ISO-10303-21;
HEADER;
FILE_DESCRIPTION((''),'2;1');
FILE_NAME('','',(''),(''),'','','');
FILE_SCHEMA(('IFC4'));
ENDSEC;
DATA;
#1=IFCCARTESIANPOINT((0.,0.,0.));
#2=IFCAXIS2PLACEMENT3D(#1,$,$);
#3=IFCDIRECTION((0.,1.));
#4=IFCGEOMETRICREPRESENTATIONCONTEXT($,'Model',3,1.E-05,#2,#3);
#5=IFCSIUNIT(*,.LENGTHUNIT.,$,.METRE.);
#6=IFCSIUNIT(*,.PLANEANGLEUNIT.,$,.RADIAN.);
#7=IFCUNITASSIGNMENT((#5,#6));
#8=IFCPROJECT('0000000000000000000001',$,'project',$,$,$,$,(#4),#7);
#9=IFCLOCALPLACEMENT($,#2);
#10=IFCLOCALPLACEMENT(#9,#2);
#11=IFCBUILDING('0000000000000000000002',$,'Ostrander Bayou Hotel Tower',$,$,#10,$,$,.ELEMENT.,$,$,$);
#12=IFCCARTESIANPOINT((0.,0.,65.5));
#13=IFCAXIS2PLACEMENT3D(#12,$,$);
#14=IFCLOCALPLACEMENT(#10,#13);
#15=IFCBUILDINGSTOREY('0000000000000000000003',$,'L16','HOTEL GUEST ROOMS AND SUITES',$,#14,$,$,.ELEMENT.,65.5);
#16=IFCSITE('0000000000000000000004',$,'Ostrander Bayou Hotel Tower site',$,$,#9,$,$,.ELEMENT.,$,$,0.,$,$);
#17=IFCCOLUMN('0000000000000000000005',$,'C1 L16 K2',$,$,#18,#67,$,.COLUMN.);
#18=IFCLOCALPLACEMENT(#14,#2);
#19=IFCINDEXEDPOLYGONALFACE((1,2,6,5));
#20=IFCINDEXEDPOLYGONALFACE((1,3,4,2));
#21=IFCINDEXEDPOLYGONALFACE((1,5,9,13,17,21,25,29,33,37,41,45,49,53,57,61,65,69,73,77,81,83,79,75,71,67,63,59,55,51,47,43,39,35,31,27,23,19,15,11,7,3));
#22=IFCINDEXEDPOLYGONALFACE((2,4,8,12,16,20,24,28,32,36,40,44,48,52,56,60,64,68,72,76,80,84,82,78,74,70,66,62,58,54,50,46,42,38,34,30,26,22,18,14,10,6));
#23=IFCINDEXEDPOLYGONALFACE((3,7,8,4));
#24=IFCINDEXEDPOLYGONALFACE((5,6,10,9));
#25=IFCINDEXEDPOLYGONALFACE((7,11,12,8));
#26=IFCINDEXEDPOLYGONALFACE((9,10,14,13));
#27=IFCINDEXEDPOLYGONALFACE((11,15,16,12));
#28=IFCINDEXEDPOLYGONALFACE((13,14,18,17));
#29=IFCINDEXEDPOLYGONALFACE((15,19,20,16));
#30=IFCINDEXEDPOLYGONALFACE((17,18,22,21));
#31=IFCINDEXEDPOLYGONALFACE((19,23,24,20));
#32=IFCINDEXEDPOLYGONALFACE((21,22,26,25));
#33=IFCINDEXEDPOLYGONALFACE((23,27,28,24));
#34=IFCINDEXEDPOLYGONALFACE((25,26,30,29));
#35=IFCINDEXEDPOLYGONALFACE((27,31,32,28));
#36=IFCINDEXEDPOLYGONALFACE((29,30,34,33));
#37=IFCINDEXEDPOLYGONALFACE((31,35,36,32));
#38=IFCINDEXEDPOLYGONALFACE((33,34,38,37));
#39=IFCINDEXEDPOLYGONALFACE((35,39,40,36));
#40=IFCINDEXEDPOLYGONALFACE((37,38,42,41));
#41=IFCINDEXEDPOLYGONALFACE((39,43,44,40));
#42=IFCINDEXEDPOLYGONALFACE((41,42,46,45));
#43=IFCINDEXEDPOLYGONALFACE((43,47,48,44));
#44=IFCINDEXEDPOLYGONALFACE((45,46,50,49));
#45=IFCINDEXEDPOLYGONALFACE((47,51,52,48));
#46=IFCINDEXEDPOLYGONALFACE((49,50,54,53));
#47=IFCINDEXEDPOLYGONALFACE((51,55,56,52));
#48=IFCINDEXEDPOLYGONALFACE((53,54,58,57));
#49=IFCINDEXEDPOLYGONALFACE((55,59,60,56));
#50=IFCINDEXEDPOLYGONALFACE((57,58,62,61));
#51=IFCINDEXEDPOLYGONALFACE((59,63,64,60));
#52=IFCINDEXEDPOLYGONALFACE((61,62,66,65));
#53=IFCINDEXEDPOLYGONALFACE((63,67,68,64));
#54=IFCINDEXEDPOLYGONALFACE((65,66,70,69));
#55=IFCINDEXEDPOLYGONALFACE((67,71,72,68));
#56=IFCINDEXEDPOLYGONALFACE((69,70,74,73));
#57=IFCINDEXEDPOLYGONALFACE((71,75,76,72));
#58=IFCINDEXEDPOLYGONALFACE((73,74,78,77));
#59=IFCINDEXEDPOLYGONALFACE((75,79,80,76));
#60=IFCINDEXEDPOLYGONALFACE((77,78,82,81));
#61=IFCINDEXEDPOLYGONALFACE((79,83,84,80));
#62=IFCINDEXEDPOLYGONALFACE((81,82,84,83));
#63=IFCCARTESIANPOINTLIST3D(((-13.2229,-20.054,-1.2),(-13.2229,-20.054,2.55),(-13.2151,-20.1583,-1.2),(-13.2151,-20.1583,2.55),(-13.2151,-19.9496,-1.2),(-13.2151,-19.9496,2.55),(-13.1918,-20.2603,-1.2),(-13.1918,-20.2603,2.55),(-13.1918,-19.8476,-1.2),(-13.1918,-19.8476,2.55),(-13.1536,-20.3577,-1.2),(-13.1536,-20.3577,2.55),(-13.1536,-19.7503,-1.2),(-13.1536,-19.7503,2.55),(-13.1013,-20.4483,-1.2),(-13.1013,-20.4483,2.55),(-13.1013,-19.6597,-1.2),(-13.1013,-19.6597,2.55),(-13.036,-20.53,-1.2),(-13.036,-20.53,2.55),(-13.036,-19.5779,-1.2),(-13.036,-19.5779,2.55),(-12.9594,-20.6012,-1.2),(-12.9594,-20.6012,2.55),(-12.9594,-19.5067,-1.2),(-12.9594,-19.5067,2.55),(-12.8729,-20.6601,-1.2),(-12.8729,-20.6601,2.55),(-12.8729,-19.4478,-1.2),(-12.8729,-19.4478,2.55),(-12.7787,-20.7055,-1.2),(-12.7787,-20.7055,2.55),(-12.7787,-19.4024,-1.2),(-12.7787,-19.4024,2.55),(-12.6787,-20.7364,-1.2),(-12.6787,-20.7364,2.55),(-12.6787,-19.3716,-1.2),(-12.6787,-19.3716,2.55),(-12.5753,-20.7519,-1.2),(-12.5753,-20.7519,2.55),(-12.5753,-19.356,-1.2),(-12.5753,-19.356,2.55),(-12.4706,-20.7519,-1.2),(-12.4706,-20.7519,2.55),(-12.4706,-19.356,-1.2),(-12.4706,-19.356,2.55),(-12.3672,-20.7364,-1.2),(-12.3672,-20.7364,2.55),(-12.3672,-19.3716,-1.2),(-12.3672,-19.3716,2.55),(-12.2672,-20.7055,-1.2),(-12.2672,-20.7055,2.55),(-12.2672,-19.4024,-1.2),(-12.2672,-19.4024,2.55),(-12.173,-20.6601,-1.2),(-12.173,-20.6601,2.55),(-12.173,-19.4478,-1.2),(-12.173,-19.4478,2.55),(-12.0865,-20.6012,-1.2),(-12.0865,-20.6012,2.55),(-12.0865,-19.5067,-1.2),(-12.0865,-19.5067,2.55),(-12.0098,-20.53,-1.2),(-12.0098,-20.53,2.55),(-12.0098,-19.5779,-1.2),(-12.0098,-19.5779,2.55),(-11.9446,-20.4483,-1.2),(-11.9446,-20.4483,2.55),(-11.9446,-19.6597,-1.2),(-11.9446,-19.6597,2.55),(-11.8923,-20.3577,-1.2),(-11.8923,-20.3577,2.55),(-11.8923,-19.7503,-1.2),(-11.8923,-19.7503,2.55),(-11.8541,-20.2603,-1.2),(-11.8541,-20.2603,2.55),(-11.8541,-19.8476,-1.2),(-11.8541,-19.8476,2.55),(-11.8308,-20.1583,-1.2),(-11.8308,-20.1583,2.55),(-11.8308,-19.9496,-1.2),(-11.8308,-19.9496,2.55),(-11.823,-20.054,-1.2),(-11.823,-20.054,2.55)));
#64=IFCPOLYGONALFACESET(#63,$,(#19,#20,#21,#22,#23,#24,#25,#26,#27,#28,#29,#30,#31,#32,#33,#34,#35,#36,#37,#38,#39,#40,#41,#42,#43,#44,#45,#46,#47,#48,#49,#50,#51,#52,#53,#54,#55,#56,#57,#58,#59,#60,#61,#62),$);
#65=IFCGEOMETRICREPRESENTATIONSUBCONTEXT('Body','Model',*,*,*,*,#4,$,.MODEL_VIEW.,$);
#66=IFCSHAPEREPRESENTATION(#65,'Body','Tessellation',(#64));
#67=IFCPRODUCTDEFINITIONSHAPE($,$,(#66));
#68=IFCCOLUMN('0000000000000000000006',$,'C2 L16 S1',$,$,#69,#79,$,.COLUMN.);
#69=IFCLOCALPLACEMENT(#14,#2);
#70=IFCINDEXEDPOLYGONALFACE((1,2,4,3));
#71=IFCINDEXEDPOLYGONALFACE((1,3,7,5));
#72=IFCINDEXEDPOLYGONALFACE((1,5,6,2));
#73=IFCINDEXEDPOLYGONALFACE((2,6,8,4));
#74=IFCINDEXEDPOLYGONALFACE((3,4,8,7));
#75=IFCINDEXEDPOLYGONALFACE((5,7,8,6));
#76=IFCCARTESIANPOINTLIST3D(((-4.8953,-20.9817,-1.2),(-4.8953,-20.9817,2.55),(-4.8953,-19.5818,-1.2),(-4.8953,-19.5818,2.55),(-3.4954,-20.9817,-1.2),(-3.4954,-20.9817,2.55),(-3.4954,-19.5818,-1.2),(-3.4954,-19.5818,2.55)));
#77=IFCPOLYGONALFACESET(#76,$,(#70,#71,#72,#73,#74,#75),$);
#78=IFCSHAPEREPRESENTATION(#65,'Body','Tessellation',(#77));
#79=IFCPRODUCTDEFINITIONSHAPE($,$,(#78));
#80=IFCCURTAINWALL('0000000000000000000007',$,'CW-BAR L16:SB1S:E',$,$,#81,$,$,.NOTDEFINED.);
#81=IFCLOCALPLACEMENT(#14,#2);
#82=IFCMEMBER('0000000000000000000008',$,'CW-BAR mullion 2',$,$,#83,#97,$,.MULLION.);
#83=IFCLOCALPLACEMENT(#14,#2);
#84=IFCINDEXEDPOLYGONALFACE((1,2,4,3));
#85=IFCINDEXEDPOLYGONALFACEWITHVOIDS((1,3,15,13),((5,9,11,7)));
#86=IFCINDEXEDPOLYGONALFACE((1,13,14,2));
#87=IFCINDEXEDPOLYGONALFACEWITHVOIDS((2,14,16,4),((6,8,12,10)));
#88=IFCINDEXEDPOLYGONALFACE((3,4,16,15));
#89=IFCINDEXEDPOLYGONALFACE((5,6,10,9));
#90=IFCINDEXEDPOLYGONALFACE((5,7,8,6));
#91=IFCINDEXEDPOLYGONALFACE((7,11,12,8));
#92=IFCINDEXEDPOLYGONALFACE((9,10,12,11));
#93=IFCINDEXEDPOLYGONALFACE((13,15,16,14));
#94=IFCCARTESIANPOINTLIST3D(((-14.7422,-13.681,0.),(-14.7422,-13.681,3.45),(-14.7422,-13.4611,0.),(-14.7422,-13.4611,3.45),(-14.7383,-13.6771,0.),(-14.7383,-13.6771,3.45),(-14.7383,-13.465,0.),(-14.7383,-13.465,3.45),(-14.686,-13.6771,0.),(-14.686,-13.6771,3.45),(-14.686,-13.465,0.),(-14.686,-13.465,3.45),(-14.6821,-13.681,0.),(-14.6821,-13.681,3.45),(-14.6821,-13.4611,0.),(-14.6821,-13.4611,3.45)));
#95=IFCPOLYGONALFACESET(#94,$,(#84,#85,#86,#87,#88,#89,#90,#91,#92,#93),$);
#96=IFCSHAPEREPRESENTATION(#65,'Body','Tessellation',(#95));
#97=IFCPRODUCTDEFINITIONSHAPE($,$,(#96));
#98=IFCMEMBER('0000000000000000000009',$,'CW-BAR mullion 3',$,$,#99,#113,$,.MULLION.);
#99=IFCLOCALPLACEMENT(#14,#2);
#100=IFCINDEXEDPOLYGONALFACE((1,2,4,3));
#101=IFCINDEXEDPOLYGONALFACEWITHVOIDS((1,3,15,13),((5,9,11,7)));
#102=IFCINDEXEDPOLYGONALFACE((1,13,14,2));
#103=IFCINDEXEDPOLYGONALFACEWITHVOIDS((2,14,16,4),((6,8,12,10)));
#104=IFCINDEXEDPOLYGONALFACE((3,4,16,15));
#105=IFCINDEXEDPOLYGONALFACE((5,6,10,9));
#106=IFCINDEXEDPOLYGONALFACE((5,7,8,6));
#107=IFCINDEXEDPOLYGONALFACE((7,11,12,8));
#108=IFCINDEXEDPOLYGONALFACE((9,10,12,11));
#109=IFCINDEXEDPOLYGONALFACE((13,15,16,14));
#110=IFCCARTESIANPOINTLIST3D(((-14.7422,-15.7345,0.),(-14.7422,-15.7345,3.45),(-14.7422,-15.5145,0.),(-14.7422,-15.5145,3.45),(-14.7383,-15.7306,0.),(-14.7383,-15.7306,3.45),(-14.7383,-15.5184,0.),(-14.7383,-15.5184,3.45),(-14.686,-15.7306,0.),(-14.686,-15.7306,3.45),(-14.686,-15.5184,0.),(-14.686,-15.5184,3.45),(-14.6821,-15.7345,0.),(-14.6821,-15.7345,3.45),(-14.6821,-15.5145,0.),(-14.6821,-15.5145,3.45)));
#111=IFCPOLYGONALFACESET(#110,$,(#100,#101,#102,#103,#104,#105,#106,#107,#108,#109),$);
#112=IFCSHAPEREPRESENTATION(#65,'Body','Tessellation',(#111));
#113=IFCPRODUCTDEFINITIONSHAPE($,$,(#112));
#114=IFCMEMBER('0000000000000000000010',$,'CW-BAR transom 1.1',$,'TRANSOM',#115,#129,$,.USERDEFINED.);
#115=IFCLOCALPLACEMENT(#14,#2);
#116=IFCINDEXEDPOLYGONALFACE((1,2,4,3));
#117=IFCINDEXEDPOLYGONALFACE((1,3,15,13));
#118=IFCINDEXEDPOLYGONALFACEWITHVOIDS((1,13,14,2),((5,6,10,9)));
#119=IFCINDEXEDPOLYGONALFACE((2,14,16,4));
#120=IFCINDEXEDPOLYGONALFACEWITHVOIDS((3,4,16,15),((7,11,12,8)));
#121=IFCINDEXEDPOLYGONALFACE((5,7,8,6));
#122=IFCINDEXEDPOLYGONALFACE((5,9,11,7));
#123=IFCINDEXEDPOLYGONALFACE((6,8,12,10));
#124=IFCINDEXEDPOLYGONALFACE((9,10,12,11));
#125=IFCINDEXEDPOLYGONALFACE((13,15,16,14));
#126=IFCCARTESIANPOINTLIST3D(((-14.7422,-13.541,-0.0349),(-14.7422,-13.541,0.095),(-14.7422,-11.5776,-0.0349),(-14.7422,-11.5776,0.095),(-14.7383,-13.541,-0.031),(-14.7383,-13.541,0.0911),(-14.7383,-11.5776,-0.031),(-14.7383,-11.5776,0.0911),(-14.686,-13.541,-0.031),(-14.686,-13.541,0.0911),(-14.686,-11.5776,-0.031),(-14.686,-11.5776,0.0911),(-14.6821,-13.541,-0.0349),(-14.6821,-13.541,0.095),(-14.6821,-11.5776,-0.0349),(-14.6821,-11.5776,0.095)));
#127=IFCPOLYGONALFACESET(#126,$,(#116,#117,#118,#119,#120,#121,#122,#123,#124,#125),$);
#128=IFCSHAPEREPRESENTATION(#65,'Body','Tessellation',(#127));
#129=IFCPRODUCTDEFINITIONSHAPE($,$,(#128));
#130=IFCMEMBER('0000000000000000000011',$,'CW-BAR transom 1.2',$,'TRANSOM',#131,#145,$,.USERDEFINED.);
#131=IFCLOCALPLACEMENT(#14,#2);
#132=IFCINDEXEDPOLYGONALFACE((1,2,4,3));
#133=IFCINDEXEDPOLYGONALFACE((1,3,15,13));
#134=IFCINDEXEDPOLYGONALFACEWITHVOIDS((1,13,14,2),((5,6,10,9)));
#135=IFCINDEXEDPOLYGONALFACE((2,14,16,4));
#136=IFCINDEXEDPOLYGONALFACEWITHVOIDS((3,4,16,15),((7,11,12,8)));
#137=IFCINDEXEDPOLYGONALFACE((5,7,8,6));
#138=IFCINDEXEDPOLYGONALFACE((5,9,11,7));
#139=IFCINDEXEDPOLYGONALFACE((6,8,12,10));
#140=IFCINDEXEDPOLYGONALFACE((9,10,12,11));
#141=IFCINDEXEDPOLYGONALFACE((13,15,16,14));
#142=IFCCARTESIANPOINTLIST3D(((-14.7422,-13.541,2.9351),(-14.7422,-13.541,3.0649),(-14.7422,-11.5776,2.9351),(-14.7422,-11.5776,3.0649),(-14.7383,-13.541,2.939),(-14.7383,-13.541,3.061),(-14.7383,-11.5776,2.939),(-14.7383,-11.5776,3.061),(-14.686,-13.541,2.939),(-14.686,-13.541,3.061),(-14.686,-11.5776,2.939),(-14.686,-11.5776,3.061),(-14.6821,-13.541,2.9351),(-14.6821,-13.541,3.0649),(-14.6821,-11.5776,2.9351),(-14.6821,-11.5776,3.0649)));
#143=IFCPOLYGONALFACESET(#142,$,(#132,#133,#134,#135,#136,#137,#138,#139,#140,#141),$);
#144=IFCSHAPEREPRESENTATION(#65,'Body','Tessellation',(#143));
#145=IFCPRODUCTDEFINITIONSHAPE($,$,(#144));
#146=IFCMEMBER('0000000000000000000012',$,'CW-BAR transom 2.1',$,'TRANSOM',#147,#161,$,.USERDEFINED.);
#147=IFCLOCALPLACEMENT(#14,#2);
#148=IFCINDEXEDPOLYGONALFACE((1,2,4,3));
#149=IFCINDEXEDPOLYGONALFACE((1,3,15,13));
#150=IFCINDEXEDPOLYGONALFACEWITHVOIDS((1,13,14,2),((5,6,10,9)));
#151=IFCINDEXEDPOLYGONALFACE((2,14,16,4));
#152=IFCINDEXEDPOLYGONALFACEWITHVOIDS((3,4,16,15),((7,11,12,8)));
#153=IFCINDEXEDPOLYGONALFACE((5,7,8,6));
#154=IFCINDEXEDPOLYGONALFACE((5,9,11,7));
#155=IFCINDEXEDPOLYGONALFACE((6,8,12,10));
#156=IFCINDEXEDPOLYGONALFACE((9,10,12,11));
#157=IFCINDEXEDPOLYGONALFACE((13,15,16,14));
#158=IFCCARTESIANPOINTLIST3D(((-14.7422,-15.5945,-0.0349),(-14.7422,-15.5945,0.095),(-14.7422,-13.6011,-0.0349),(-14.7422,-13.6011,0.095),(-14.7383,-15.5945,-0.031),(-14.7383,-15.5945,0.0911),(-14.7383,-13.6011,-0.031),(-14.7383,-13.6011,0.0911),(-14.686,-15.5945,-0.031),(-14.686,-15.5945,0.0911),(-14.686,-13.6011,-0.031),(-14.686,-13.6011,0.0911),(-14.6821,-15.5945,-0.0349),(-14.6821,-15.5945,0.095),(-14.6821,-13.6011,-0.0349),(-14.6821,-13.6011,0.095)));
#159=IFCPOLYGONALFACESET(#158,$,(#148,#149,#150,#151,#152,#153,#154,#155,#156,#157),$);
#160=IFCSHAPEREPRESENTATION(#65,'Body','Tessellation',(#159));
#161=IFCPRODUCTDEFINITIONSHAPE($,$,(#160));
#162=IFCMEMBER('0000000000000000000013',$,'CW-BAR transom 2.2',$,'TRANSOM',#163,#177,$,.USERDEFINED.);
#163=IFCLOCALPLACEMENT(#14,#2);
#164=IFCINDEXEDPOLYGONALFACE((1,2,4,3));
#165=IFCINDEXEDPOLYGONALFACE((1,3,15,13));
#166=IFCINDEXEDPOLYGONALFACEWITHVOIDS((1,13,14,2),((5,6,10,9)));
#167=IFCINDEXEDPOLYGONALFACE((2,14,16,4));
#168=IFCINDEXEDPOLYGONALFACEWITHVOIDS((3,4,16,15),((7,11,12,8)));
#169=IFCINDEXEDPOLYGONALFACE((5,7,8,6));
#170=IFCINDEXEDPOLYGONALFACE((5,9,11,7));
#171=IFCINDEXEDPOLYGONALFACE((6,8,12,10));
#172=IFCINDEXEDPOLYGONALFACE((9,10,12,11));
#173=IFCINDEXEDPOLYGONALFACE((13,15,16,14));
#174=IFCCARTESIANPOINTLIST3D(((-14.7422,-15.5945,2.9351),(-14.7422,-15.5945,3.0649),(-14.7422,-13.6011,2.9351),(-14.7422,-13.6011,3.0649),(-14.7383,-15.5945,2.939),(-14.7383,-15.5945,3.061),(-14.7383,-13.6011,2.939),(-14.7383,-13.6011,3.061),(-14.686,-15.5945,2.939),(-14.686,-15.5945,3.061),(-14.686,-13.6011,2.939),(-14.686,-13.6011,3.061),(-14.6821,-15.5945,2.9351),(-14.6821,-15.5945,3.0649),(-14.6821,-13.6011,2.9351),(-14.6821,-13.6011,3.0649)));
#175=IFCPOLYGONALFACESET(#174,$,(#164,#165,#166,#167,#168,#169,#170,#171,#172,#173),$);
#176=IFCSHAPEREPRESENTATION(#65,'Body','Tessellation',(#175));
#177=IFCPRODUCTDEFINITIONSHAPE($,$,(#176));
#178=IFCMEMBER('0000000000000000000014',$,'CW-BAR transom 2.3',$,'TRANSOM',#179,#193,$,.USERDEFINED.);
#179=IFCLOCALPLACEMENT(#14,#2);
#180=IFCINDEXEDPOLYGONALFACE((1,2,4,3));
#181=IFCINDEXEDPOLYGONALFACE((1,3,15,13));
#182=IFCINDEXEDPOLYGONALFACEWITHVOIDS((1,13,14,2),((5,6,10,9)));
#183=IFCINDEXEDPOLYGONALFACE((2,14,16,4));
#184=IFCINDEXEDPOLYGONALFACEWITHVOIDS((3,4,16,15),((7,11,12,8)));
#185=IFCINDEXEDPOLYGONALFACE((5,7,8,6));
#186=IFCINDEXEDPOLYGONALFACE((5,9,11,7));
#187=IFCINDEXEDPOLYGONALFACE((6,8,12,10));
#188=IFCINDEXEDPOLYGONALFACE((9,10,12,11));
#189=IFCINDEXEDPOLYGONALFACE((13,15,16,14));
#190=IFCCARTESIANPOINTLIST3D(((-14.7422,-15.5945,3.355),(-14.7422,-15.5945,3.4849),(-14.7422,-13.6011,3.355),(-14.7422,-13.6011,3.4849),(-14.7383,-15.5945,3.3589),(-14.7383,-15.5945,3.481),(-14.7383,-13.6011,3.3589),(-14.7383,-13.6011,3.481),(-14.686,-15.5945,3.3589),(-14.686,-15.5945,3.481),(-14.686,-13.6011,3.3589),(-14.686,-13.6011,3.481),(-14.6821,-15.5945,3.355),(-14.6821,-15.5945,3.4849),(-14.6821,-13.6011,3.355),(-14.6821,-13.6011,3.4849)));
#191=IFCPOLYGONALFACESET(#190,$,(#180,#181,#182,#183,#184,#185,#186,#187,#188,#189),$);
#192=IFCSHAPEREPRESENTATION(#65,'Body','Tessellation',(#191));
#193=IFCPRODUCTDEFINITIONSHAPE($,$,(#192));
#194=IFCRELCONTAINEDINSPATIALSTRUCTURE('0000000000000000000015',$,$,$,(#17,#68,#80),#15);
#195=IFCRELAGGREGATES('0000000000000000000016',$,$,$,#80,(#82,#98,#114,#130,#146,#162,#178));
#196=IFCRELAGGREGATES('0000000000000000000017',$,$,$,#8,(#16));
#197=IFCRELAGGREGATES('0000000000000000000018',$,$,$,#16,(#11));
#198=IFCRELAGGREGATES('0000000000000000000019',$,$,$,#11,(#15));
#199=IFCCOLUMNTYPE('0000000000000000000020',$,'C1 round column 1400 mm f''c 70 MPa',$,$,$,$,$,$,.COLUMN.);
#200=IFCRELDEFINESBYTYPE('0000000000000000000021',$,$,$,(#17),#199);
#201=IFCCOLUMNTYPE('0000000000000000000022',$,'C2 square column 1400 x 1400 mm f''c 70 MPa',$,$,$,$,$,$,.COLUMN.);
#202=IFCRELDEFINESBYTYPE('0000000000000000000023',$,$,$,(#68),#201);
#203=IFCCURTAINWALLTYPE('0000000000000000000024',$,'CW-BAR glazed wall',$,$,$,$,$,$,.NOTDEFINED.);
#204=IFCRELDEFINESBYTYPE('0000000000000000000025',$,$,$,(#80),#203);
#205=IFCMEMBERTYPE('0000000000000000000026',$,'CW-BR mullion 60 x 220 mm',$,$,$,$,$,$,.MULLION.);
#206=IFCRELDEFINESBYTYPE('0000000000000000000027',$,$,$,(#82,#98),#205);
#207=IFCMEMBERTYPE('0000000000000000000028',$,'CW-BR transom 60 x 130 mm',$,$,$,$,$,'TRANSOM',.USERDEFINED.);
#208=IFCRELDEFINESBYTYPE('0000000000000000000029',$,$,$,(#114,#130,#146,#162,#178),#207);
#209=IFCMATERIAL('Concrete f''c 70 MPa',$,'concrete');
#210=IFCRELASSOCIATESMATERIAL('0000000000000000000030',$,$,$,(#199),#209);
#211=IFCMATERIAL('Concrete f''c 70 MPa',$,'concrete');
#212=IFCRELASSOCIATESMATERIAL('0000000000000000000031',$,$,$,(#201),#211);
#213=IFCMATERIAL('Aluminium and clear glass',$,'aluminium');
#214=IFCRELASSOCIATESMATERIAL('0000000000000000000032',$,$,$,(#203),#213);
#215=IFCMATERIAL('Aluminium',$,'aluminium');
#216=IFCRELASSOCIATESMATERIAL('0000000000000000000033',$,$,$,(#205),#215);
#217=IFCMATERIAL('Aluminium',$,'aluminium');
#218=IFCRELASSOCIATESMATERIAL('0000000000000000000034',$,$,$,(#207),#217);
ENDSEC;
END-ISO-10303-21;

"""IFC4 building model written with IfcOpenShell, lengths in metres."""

from ifc_helpers import new_model, si_unit, direction, frame, origin, origin_2d, place, context, subcontext, project, spatial, rectangle, hollow_rectangle, circle, extrude, material, material_profile, profile_set, type_object, element, aggregate, save


model = new_model("IFC4")

# Units and contexts
model_context = context("Model", 3, precision=1e-05, world=origin(), true_north=direction((0.0, 1.0)))
body_context = subcontext(model_context, "Body", "Model", "MODEL_VIEW")
ifc_project = project(units=[si_unit("LENGTHUNIT", "METRE"), si_unit("PLANEANGLEUNIT", "RADIAN")], contexts=[model_context])

# Site, building, storey
site_placement = place(None, origin())
site = spatial("IfcSite", under=ifc_project, at=site_placement, Name="Ostrander Bayou Hotel Tower site", CompositionType="ELEMENT", RefElevation=0.0)
building_placement = place(site_placement, origin())
building = spatial("IfcBuilding", under=site, at=building_placement, Name="Ostrander Bayou Hotel Tower", CompositionType="ELEMENT")
storey_placement = place(building_placement, frame((0.0, 0.0, 65.5)))
storey = spatial("IfcBuildingStorey", under=building, at=storey_placement, Name="L16", Description="HOTEL GUEST ROOMS AND SUITES", CompositionType="ELEMENT", Elevation=65.5)

# Columns
ifc_material_1 = material(Name="Concrete f'c 70 MPa", Category="concrete")
ifc_material_profile_1 = material_profile(ifc_material_1, circle(Radius=0.7, at=origin_2d()))
ifc_profile_set_1 = profile_set([ifc_material_profile_1], Name="Concrete f'c 70 MPa")
column_type_1 = type_object("IfcColumnType", Name="C1 round column 1400 mm f'c 70 MPa", PredefinedType="COLUMN", material=ifc_profile_set_1)
column_1_placement = place(storey_placement, frame((-12.5229, -20.054, -1.2), z_axis=(0.0, 0.0, 1.0), x_axis=(1.0, 0.0, 0.0)))
element("IfcColumn", 1, at=column_1_placement, inside=storey, type_object=column_type_1, Name="C1 L16 K2", PredefinedType="COLUMN", context=body_context, shape_type="SweptSolid", body=[
    extrude(circle(Radius=0.7, at=origin_2d()), origin(), (0.0, 0.0, 1.0), 3.75),
])
ifc_material_2 = material(Name="Concrete f'c 70 MPa", Category="concrete")
ifc_material_profile_2 = material_profile(ifc_material_2, rectangle(XDim=1.3999, YDim=1.3999, at=origin_2d()))
ifc_profile_set_2 = profile_set([ifc_material_profile_2], Name="Concrete f'c 70 MPa")
column_type_2 = type_object("IfcColumnType", Name="C2 square column 1400 x 1400 mm f'c 70 MPa", PredefinedType="COLUMN", material=ifc_profile_set_2)
column_2_placement = place(storey_placement, frame((-4.1953, -20.2817, -1.2), z_axis=(0.0, 0.0, 1.0), x_axis=(-1.0, 0.0, 0.0)))
element("IfcColumn", 2, at=column_2_placement, inside=storey, type_object=column_type_2, Name="C2 L16 S1", PredefinedType="COLUMN", context=body_context, shape_type="SweptSolid", body=[
    extrude(rectangle(XDim=1.3999, YDim=1.3999, at=origin_2d()), origin(), (0.0, 0.0, 1.0), 3.75),
])

# Curtain wall, members
ifc_material_3 = material(Name="Aluminium and clear glass", Category="aluminium")
curtain_wall_type = type_object("IfcCurtainWallType", Name="CW-BAR glazed wall", PredefinedType="NOTDEFINED", material=ifc_material_3)
curtain_wall_placement = place(storey_placement, origin())
curtain_wall = element("IfcCurtainWall", 3, at=curtain_wall_placement, inside=storey, type_object=curtain_wall_type, Name="CW-BAR L16:SB1S:E", PredefinedType="NOTDEFINED")
ifc_material_4 = material(Name="Aluminium", Category="aluminium")
ifc_material_profile_3 = material_profile(ifc_material_4, hollow_rectangle(XDim=0.0601, YDim=0.22, WallThickness=0.0039, at=origin_2d()))
ifc_profile_set_3 = profile_set([ifc_material_profile_3], Name="Aluminium")
member_type_1 = type_object("IfcMemberType", Name="CW-BR mullion 60 x 220 mm", PredefinedType="MULLION", material=ifc_profile_set_3)
member_1_placement = place(storey_placement, frame((-14.7122, -13.571, 0.0), z_axis=(0.0, 0.0, 1.0), x_axis=(1.0, 0.0, 0.0)))
member_1 = element("IfcMember", 4, at=member_1_placement, type_object=member_type_1, Name="CW-BAR mullion 2", PredefinedType="MULLION", context=body_context, shape_type="SweptSolid", body=[
    extrude(hollow_rectangle(XDim=0.0601, YDim=0.22, WallThickness=0.0039, at=origin_2d()), origin(), (0.0, 0.0, 1.0), 3.45),
])
member_2_placement = place(storey_placement, frame((-14.7122, -15.6245, 0.0), z_axis=(0.0, 0.0, 1.0), x_axis=(1.0, 0.0, 0.0)))
member_2 = element("IfcMember", 5, at=member_2_placement, type_object=member_type_1, Name="CW-BAR mullion 3", PredefinedType="MULLION", context=body_context, shape_type="SweptSolid", body=[
    extrude(hollow_rectangle(XDim=0.0601, YDim=0.22, WallThickness=0.0039, at=origin_2d()), origin(), (0.0, 0.0, 1.0), 3.45),
])
ifc_material_5 = material(Name="Aluminium", Category="aluminium")
ifc_material_profile_4 = material_profile(ifc_material_5, hollow_rectangle(XDim=0.0601, YDim=0.1299, WallThickness=0.0039, at=origin_2d()))
ifc_profile_set_4 = profile_set([ifc_material_profile_4], Name="Aluminium")
member_type_2 = type_object("IfcMemberType", Name="CW-BR transom 60 x 130 mm", ElementType="TRANSOM", PredefinedType="USERDEFINED", material=ifc_profile_set_4)
member_3_placement = place(storey_placement, frame((-14.7122, -11.5776, 0.03), z_axis=(0.0, -1.0, 0.0), x_axis=(1.0, 0.0, 0.0)))
member_3 = element("IfcMember", 6, at=member_3_placement, type_object=member_type_2, Name="CW-BAR transom 1.1", ObjectType="TRANSOM", PredefinedType="USERDEFINED", context=body_context, shape_type="SweptSolid", body=[
    extrude(hollow_rectangle(XDim=0.0601, YDim=0.1299, WallThickness=0.0039, at=origin_2d()), origin(), (0.0, 0.0, 1.0), 1.9634),
])
member_4_placement = place(storey_placement, frame((-14.7122, -11.5776, 3.0), z_axis=(0.0, -1.0, 0.0), x_axis=(1.0, 0.0, 0.0)))
member_4 = element("IfcMember", 7, at=member_4_placement, type_object=member_type_2, Name="CW-BAR transom 1.2", ObjectType="TRANSOM", PredefinedType="USERDEFINED", context=body_context, shape_type="SweptSolid", body=[
    extrude(hollow_rectangle(XDim=0.0601, YDim=0.1299, WallThickness=0.0039, at=origin_2d()), origin(), (0.0, 0.0, 1.0), 1.9634),
])
member_5_placement = place(storey_placement, frame((-14.7122, -13.6011, 0.03), z_axis=(0.0, -1.0, 0.0), x_axis=(1.0, 0.0, 0.0)))
member_5 = element("IfcMember", 8, at=member_5_placement, type_object=member_type_2, Name="CW-BAR transom 2.1", ObjectType="TRANSOM", PredefinedType="USERDEFINED", context=body_context, shape_type="SweptSolid", body=[
    extrude(hollow_rectangle(XDim=0.0601, YDim=0.1299, WallThickness=0.0039, at=origin_2d()), origin(), (0.0, 0.0, 1.0), 1.9934),
])
member_6_placement = place(storey_placement, frame((-14.7122, -13.6011, 3.0), z_axis=(0.0, -1.0, 0.0), x_axis=(1.0, 0.0, 0.0)))
member_6 = element("IfcMember", 9, at=member_6_placement, type_object=member_type_2, Name="CW-BAR transom 2.2", ObjectType="TRANSOM", PredefinedType="USERDEFINED", context=body_context, shape_type="SweptSolid", body=[
    extrude(hollow_rectangle(XDim=0.0601, YDim=0.1299, WallThickness=0.0039, at=origin_2d()), origin(), (0.0, 0.0, 1.0), 1.9934),
])
member_7_placement = place(storey_placement, frame((-14.7122, -13.6011, 3.4199), z_axis=(0.0, -1.0, 0.0), x_axis=(1.0, 0.0, 0.0)))
member_7 = element("IfcMember", 10, at=member_7_placement, type_object=member_type_2, Name="CW-BAR transom 2.3", ObjectType="TRANSOM", PredefinedType="USERDEFINED", context=body_context, shape_type="SweptSolid", body=[
    extrude(hollow_rectangle(XDim=0.0601, YDim=0.1299, WallThickness=0.0039, at=origin_2d()), origin(), (0.0, 0.0, 1.0), 1.9934),
])
aggregate(curtain_wall, [member_1, member_2, member_3, member_4, member_5, member_6, member_7])

save(model, "model.ifc")
